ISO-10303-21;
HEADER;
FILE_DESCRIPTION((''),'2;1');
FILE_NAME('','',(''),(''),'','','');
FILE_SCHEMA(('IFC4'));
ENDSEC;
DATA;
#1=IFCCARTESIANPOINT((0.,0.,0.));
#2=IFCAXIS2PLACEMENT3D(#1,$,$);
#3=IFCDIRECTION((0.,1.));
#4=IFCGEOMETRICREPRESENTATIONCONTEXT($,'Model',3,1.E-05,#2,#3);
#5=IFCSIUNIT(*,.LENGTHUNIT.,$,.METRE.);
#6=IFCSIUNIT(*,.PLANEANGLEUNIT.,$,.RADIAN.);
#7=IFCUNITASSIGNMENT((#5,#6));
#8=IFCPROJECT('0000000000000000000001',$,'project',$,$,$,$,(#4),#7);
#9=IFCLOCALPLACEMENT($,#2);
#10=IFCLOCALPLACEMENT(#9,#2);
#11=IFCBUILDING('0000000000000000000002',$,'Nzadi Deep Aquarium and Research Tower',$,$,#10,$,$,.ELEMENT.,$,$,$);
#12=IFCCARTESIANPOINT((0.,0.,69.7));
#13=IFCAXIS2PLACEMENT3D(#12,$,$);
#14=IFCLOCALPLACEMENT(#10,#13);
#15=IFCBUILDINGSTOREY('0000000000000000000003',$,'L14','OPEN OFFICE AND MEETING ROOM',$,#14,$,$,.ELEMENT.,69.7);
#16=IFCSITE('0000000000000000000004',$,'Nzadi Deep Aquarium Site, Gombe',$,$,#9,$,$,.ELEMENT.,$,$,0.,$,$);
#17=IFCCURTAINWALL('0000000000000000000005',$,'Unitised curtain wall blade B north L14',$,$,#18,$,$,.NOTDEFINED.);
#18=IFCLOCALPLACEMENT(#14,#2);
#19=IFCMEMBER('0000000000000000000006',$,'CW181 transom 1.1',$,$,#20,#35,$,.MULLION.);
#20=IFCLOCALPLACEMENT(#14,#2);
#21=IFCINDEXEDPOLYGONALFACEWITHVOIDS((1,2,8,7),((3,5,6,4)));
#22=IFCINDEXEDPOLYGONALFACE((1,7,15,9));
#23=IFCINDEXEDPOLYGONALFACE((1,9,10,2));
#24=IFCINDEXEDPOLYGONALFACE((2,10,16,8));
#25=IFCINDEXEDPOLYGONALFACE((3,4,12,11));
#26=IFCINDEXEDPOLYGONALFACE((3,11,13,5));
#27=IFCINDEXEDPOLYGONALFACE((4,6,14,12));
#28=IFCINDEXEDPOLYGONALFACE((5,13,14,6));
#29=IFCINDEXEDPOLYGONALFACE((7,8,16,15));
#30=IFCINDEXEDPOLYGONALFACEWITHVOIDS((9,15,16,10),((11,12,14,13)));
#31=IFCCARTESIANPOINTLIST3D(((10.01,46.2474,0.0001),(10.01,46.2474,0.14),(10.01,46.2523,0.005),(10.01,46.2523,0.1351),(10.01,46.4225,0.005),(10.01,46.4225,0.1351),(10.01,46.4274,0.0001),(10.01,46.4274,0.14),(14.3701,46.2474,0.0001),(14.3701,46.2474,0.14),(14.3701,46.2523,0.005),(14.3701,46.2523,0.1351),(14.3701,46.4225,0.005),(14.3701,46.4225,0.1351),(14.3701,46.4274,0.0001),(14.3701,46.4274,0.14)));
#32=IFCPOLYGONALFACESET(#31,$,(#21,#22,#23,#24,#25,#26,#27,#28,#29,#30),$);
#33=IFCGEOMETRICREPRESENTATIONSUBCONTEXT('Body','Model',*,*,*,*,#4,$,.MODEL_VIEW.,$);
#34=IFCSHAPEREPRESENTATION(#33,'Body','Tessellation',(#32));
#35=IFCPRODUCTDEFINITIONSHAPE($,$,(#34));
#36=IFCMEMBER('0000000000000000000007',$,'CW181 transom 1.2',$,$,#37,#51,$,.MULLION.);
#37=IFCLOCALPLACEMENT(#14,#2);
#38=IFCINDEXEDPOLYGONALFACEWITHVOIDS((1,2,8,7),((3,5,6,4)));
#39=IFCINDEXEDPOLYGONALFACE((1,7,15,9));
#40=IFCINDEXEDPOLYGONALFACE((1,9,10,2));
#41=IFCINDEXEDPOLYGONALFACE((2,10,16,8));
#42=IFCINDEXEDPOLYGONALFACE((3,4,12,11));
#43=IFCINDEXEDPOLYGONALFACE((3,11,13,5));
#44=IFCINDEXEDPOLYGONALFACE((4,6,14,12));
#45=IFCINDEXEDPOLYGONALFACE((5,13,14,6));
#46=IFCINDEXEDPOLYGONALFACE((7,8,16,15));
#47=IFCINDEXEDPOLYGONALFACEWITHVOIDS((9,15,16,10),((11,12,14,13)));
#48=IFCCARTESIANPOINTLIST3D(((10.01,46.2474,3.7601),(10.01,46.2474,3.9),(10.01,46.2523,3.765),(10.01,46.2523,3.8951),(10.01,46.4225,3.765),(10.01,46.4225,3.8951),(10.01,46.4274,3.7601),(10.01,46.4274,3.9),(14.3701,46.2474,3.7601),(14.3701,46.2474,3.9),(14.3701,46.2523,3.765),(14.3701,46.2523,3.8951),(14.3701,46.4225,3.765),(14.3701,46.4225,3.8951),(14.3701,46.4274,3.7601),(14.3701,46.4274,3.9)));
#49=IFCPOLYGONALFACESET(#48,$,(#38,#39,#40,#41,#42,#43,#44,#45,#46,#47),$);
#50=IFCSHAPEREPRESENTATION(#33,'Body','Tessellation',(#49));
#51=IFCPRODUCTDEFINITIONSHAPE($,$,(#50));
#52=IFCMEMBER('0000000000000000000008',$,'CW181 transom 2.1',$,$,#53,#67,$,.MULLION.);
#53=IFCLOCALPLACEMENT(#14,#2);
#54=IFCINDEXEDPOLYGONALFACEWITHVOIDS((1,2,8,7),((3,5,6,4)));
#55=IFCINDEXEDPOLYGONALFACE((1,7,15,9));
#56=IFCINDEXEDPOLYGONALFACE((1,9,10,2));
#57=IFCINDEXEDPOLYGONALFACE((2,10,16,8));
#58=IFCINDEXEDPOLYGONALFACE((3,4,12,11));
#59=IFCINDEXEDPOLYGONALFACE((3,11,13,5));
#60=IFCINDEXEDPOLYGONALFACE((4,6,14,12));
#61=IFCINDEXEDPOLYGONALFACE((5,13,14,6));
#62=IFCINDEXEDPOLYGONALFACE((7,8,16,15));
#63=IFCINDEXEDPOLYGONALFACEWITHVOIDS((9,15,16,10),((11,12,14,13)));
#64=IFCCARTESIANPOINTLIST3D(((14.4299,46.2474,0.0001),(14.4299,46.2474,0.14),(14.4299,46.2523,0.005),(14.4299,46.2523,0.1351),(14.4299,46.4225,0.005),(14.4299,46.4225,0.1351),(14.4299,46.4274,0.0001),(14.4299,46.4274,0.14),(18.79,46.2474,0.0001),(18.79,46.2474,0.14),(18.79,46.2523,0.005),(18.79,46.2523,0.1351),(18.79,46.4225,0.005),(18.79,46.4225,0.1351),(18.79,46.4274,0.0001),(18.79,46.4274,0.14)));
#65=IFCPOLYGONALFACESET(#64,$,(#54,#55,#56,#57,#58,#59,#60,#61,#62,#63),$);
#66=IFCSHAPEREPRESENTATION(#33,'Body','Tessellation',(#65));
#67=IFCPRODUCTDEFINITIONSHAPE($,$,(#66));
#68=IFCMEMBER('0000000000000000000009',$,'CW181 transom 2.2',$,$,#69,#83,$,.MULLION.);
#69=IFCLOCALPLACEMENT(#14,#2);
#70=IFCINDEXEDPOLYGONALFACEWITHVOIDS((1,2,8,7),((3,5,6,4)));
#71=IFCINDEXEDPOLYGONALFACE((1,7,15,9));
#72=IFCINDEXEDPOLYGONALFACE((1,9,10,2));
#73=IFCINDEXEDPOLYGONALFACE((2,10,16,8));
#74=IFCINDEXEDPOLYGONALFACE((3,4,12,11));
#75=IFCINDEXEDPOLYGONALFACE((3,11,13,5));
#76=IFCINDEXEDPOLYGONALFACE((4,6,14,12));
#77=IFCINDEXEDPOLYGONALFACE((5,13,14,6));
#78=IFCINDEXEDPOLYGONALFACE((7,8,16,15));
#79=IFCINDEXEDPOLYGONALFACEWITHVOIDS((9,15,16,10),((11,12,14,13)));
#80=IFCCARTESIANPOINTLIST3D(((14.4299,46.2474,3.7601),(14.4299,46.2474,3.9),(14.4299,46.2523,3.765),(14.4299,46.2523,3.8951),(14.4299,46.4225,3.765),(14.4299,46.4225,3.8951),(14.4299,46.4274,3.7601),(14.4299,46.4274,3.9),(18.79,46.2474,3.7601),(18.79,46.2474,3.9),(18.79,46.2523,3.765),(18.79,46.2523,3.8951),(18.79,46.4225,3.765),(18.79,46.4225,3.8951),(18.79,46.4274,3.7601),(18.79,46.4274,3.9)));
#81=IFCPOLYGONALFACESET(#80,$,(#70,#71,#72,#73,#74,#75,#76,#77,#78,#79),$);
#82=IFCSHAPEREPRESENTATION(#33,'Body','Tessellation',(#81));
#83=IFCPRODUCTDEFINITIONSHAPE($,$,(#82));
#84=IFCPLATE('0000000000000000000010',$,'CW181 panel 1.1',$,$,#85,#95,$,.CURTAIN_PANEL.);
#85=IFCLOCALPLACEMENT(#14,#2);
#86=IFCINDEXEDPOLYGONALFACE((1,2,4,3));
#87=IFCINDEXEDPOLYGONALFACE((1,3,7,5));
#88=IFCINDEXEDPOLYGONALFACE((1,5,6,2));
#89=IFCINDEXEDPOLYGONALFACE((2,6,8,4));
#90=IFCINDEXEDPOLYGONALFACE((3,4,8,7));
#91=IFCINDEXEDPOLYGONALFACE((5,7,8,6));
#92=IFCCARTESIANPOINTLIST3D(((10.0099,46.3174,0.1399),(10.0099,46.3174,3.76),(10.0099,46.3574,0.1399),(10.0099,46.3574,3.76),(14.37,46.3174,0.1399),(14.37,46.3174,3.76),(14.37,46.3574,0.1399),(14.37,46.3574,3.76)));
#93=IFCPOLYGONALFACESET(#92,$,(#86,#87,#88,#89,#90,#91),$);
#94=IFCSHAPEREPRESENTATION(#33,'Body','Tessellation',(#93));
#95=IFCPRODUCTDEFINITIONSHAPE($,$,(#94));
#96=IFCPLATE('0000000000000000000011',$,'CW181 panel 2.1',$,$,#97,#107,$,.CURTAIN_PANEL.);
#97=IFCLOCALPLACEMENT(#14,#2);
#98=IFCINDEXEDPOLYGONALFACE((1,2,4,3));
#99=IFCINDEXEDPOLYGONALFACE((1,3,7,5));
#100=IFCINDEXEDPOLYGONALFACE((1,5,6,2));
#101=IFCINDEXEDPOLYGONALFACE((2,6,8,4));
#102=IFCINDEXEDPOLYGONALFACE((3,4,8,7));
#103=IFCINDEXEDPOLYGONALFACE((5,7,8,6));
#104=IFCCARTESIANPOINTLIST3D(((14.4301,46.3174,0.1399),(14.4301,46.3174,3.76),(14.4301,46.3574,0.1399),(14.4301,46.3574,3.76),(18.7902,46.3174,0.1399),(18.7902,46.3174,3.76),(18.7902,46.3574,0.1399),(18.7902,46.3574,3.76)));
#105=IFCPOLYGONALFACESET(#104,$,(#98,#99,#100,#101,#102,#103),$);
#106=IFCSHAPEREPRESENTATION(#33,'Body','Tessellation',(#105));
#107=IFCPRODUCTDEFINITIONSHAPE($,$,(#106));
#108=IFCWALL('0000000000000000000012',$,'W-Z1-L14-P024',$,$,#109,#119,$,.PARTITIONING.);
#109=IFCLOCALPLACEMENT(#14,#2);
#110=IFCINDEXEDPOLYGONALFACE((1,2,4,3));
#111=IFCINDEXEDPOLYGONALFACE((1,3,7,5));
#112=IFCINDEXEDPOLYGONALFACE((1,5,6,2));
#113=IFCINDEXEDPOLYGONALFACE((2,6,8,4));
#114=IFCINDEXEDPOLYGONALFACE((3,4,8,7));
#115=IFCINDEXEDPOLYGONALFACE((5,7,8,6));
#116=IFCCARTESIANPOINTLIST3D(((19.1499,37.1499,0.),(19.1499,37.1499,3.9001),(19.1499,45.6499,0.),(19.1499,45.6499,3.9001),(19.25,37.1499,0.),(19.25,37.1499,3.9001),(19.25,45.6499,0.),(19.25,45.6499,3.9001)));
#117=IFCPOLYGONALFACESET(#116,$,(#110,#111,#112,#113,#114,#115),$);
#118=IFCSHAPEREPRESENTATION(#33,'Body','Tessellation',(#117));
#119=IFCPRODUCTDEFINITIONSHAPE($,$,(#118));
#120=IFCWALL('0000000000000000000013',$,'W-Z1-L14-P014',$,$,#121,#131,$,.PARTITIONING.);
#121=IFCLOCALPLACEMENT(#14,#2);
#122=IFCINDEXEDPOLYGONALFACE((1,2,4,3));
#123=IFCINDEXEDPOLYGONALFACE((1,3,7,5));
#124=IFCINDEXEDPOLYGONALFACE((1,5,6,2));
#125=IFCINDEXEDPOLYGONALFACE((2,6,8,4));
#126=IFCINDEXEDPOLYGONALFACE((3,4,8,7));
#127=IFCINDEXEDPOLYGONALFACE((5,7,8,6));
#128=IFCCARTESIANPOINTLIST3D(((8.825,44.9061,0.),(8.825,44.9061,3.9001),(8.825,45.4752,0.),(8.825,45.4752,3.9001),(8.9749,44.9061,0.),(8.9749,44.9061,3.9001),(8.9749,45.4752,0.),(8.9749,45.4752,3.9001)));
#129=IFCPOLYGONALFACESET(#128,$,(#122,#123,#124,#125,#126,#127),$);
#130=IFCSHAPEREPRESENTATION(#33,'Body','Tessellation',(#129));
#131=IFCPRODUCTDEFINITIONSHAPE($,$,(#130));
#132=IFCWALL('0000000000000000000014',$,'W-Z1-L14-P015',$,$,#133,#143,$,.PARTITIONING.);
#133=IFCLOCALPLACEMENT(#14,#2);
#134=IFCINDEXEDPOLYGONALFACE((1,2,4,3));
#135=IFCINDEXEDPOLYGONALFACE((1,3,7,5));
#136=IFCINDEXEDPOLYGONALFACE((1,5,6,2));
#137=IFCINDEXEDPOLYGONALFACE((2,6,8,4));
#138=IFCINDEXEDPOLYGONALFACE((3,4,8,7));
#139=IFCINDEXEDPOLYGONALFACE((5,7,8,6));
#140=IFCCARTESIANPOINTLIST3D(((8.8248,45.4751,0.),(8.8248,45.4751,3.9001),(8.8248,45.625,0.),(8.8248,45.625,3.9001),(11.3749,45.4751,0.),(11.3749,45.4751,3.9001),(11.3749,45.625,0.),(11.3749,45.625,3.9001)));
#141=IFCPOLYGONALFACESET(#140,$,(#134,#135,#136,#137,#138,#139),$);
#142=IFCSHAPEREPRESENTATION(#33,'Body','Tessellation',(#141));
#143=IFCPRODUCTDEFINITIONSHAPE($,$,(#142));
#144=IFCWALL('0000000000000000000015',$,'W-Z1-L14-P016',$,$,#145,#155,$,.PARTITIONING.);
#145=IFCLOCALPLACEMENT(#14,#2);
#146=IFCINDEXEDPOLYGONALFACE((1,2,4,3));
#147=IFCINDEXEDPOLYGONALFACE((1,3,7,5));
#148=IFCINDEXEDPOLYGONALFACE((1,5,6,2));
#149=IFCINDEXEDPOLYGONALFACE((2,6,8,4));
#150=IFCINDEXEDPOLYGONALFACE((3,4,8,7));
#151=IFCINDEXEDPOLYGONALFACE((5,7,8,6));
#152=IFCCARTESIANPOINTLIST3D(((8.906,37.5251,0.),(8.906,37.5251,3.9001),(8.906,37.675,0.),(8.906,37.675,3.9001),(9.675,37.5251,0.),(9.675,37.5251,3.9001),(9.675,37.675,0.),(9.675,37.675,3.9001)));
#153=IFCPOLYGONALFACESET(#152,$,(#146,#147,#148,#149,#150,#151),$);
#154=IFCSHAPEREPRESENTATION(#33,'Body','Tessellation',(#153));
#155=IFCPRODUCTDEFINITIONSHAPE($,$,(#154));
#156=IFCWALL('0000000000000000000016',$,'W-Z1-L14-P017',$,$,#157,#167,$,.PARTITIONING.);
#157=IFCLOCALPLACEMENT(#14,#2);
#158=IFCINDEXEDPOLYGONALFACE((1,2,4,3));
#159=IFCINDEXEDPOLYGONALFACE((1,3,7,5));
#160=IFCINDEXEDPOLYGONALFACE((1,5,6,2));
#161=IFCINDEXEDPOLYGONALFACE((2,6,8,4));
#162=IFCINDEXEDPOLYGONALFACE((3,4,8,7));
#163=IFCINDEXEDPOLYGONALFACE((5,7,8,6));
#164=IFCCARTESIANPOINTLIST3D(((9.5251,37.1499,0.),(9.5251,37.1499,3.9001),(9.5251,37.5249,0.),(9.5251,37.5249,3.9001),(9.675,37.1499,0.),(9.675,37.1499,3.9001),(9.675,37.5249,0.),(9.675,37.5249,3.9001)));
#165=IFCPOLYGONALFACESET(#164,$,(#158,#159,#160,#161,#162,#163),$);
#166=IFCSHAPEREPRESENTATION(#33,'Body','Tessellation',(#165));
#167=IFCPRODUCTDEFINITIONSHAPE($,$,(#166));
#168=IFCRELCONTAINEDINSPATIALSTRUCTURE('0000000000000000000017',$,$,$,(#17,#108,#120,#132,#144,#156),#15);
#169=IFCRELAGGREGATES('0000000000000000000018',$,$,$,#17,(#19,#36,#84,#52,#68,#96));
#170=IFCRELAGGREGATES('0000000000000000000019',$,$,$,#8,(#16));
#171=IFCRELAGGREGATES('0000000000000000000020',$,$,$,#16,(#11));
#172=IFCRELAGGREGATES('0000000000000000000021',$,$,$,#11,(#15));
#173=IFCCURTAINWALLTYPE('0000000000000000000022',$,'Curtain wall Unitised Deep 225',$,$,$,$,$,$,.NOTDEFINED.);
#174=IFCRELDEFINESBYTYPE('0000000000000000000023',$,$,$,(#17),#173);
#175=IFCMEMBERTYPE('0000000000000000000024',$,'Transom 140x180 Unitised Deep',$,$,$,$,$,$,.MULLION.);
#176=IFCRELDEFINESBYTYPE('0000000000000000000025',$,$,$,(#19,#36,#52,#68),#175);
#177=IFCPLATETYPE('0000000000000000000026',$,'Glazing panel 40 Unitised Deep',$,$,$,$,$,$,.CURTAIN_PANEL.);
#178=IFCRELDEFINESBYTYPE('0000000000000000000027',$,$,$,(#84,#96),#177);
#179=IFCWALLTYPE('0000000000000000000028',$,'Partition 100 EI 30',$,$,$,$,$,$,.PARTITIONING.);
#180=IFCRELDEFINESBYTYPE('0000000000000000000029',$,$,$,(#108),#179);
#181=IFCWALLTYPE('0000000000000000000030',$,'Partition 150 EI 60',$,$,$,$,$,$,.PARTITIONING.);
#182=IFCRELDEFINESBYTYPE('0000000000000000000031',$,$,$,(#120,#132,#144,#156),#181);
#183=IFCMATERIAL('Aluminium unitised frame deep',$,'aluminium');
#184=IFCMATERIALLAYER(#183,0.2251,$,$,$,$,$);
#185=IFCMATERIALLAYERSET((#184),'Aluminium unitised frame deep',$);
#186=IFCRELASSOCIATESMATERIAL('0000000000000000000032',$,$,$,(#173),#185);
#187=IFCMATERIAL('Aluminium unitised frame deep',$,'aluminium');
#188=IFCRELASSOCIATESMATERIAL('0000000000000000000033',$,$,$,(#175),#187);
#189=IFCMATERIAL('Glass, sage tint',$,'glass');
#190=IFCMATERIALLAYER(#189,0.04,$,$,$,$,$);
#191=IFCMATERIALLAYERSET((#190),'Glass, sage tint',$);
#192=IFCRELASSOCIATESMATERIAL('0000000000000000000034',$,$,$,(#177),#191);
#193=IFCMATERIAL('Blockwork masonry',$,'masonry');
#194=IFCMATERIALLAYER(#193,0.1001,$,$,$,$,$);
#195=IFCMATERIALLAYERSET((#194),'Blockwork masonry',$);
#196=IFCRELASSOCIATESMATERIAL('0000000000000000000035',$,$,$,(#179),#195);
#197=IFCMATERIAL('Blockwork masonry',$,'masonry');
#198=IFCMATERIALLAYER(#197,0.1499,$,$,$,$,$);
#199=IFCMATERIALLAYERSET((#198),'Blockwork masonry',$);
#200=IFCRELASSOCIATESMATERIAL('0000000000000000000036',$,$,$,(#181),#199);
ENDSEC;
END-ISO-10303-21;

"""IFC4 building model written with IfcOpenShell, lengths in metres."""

from ifc_helpers import new_model, si_unit, direction, frame, frame_2d, origin, origin_2d, place, context, subcontext, project, spatial, rectangle, hollow_rectangle, extrude, material, layer, layer_set, material_profile, profile_set, type_object, element, aggregate, save


model = new_model("IFC4")

# Units and contexts
model_context = context("Model", 3, precision=1e-05, world=origin(), true_north=direction((0.0, 1.0)))
body_context = subcontext(model_context, "Body", "Model", "MODEL_VIEW")
ifc_project = project(units=[si_unit("LENGTHUNIT", "METRE"), si_unit("PLANEANGLEUNIT", "RADIAN")], contexts=[model_context])

# Site, building, storey
site_placement = place(None, origin())
site = spatial("IfcSite", under=ifc_project, at=site_placement, Name="Nzadi Deep Aquarium Site, Gombe", CompositionType="ELEMENT", RefElevation=0.0)
building_placement = place(site_placement, origin())
building = spatial("IfcBuilding", under=site, at=building_placement, Name="Nzadi Deep Aquarium and Research Tower", CompositionType="ELEMENT")
storey_placement = place(building_placement, frame((0.0, 0.0, 69.7)))
storey = spatial("IfcBuildingStorey", under=building, at=storey_placement, Name="L14", Description="OPEN OFFICE AND MEETING ROOM", CompositionType="ELEMENT", Elevation=69.7)

# Shared definitions
ifc_material_1 = material(Name="Aluminium unitised frame deep", Category="aluminium")
ifc_layer_1 = layer(ifc_material_1, 0.2251)
ifc_layer_set_1 = layer_set([ifc_layer_1], Name="Aluminium unitised frame deep")
curtain_wall_type = type_object("IfcCurtainWallType", Name="Curtain wall Unitised Deep 225", PredefinedType="NOTDEFINED", material=ifc_layer_set_1)

# Curtain wall
curtain_wall_1_placement = place(storey_placement, origin())
curtain_wall_1 = element("IfcCurtainWall", 1, at=curtain_wall_1_placement, inside=storey, type_object=curtain_wall_type, Name="Unitised curtain wall blade B north L14", PredefinedType="NOTDEFINED")

# Members
ifc_material_2 = material(Name="Aluminium unitised frame deep", Category="aluminium")
ifc_material_profile_1 = material_profile(ifc_material_2, hollow_rectangle(XDim=0.1799, YDim=0.1399, WallThickness=0.0049, at=origin_2d()))
ifc_profile_set_1 = profile_set([ifc_material_profile_1], Name="Aluminium unitised frame deep")
member_type_1 = type_object("IfcMemberType", Name="Transom 140x180 Unitised Deep", PredefinedType="MULLION", material=ifc_profile_set_1)
member_1_placement = place(storey_placement, frame((10.01, 46.3374, 0.0701), z_axis=(1.0, 0.0, 0.0), x_axis=(0.0, 1.0, 0.0)))
member_1 = element("IfcMember", 2, at=member_1_placement, type_object=member_type_1, Name="CW181 transom 1.1", PredefinedType="MULLION", context=body_context, shape_type="SweptSolid", body=[
    extrude(hollow_rectangle(XDim=0.1799, YDim=0.1399, WallThickness=0.0049, at=origin_2d()), origin(), (0.0, 0.0, 1.0), 4.3601),
])
member_2_placement = place(storey_placement, frame((10.01, 46.3374, 3.8301), z_axis=(1.0, 0.0, 0.0), x_axis=(0.0, 1.0, 0.0)))
member_2 = element("IfcMember", 3, at=member_2_placement, type_object=member_type_1, Name="CW181 transom 1.2", PredefinedType="MULLION", context=body_context, shape_type="SweptSolid", body=[
    extrude(hollow_rectangle(XDim=0.1799, YDim=0.1399, WallThickness=0.0049, at=origin_2d()), origin(), (0.0, 0.0, 1.0), 4.3601),
])
member_3_placement = place(storey_placement, frame((14.4299, 46.3374, 0.0701), z_axis=(1.0, 0.0, 0.0), x_axis=(0.0, 1.0, 0.0)))
member_3 = element("IfcMember", 4, at=member_3_placement, type_object=member_type_1, Name="CW181 transom 2.1", PredefinedType="MULLION", context=body_context, shape_type="SweptSolid", body=[
    extrude(hollow_rectangle(XDim=0.1799, YDim=0.1399, WallThickness=0.0049, at=origin_2d()), origin(), (0.0, 0.0, 1.0), 4.3601),
])
member_4_placement = place(storey_placement, frame((14.4299, 46.3374, 3.8301), z_axis=(1.0, 0.0, 0.0), x_axis=(0.0, 1.0, 0.0)))
member_4 = element("IfcMember", 5, at=member_4_placement, type_object=member_type_1, Name="CW181 transom 2.2", PredefinedType="MULLION", context=body_context, shape_type="SweptSolid", body=[
    extrude(hollow_rectangle(XDim=0.1799, YDim=0.1399, WallThickness=0.0049, at=origin_2d()), origin(), (0.0, 0.0, 1.0), 4.3601),
])

# Plates
ifc_material_3 = material(Name="Glass, sage tint", Category="glass")
ifc_layer_2 = layer(ifc_material_3, 0.04)
ifc_layer_set_2 = layer_set([ifc_layer_2], Name="Glass, sage tint")
plate_type = type_object("IfcPlateType", Name="Glazing panel 40 Unitised Deep", PredefinedType="CURTAIN_PANEL", material=ifc_layer_set_2)
plate_1_placement = place(storey_placement, frame((12.1899, 46.3374, 0.1399), z_axis=(0.0, 0.0, 1.0), x_axis=(1.0, 0.0, 0.0)))
plate_1 = element("IfcPlate", 6, at=plate_1_placement, type_object=plate_type, Name="CW181 panel 1.1", PredefinedType="CURTAIN_PANEL", context=body_context, shape_type="SweptSolid", body=[
    extrude(rectangle(XDim=4.3601, YDim=0.04, at=origin_2d()), origin(), (0.0, 0.0, 1.0), 3.6201),
])
plate_2_placement = place(storey_placement, frame((16.6101, 46.3374, 0.1399), z_axis=(0.0, 0.0, 1.0), x_axis=(1.0, 0.0, 0.0)))
plate_2 = element("IfcPlate", 7, at=plate_2_placement, type_object=plate_type, Name="CW181 panel 2.1", PredefinedType="CURTAIN_PANEL", context=body_context, shape_type="SweptSolid", body=[
    extrude(rectangle(XDim=4.3601, YDim=0.04, at=origin_2d()), origin(), (0.0, 0.0, 1.0), 3.6201),
])
aggregate(curtain_wall_1, [member_1, member_2, plate_1, member_3, member_4, plate_2])

# Walls
ifc_material_4 = material(Name="Blockwork masonry", Category="masonry")
ifc_layer_3 = layer(ifc_material_4, 0.1001)
ifc_layer_set_3 = layer_set([ifc_layer_3], Name="Blockwork masonry")
wall_type_1 = type_object("IfcWallType", Name="Partition 100 EI 30", PredefinedType="PARTITIONING", material=ifc_layer_set_3)
wall_1_placement = place(storey_placement, frame((19.2, 37.1499, 0.0), z_axis=(0.0, 0.0, 1.0), x_axis=(0.0, 1.0, 0.0)))
element("IfcWall", 8, at=wall_1_placement, inside=storey, type_object=wall_type_1, Name="W-Z1-L14-P024", PredefinedType="PARTITIONING", context=body_context, shape_type="SweptSolid", body=[
    extrude(rectangle(XDim=8.5, YDim=0.1001, at=frame_2d((4.25, 0.0))), origin(), (0.0, 0.0, 1.0), 3.9001),
])
ifc_material_5 = material(Name="Blockwork masonry", Category="masonry")
ifc_layer_4 = layer(ifc_material_5, 0.1499)
ifc_layer_set_4 = layer_set([ifc_layer_4], Name="Blockwork masonry")
wall_type_2 = type_object("IfcWallType", Name="Partition 150 EI 60", PredefinedType="PARTITIONING", material=ifc_layer_set_4)
wall_2_placement = place(storey_placement, frame((8.8999, 44.906, 0.0), z_axis=(0.0, 0.0, 1.0), x_axis=(0.0, 1.0, 0.0)))
element("IfcWall", 9, at=wall_2_placement, inside=storey, type_object=wall_type_2, Name="W-Z1-L14-P014", PredefinedType="PARTITIONING", context=body_context, shape_type="SweptSolid", body=[
    extrude(rectangle(XDim=0.5691, YDim=0.1499, at=frame_2d((0.2847, 0.0))), origin(), (0.0, 0.0, 1.0), 3.9001),
])
wall_3_placement = place(storey_placement, frame((8.825, 45.55, 0.0), z_axis=(0.0, 0.0, 1.0), x_axis=(1.0, 0.0, 0.0)))
element("IfcWall", 10, at=wall_3_placement, inside=storey, type_object=wall_type_2, Name="W-Z1-L14-P015", PredefinedType="PARTITIONING", context=body_context, shape_type="SweptSolid", body=[
    extrude(rectangle(XDim=2.55, YDim=0.1499, at=frame_2d((1.2749, 0.0))), origin(), (0.0, 0.0, 1.0), 3.9001),
])
wall_4_placement = place(storey_placement, frame((8.906, 37.6001, 0.0), z_axis=(0.0, 0.0, 1.0), x_axis=(1.0, 0.0, 0.0)))
element("IfcWall", 11, at=wall_4_placement, inside=storey, type_object=wall_type_2, Name="W-Z1-L14-P016", PredefinedType="PARTITIONING", context=body_context, shape_type="SweptSolid", body=[
    extrude(rectangle(XDim=0.769, YDim=0.1499, at=frame_2d((0.3845, 0.0))), origin(), (0.0, 0.0, 1.0), 3.9001),
])
wall_5_placement = place(storey_placement, frame((9.6001, 37.1499, 0.0), z_axis=(0.0, 0.0, 1.0), x_axis=(0.0, 1.0, 0.0)))
element("IfcWall", 12, at=wall_5_placement, inside=storey, type_object=wall_type_2, Name="W-Z1-L14-P017", PredefinedType="PARTITIONING", context=body_context, shape_type="SweptSolid", body=[
    extrude(rectangle(XDim=0.375, YDim=0.1499, at=frame_2d((0.1875, 0.0))), origin(), (0.0, 0.0, 1.0), 3.9001),
])

save(model, "model.ifc")
